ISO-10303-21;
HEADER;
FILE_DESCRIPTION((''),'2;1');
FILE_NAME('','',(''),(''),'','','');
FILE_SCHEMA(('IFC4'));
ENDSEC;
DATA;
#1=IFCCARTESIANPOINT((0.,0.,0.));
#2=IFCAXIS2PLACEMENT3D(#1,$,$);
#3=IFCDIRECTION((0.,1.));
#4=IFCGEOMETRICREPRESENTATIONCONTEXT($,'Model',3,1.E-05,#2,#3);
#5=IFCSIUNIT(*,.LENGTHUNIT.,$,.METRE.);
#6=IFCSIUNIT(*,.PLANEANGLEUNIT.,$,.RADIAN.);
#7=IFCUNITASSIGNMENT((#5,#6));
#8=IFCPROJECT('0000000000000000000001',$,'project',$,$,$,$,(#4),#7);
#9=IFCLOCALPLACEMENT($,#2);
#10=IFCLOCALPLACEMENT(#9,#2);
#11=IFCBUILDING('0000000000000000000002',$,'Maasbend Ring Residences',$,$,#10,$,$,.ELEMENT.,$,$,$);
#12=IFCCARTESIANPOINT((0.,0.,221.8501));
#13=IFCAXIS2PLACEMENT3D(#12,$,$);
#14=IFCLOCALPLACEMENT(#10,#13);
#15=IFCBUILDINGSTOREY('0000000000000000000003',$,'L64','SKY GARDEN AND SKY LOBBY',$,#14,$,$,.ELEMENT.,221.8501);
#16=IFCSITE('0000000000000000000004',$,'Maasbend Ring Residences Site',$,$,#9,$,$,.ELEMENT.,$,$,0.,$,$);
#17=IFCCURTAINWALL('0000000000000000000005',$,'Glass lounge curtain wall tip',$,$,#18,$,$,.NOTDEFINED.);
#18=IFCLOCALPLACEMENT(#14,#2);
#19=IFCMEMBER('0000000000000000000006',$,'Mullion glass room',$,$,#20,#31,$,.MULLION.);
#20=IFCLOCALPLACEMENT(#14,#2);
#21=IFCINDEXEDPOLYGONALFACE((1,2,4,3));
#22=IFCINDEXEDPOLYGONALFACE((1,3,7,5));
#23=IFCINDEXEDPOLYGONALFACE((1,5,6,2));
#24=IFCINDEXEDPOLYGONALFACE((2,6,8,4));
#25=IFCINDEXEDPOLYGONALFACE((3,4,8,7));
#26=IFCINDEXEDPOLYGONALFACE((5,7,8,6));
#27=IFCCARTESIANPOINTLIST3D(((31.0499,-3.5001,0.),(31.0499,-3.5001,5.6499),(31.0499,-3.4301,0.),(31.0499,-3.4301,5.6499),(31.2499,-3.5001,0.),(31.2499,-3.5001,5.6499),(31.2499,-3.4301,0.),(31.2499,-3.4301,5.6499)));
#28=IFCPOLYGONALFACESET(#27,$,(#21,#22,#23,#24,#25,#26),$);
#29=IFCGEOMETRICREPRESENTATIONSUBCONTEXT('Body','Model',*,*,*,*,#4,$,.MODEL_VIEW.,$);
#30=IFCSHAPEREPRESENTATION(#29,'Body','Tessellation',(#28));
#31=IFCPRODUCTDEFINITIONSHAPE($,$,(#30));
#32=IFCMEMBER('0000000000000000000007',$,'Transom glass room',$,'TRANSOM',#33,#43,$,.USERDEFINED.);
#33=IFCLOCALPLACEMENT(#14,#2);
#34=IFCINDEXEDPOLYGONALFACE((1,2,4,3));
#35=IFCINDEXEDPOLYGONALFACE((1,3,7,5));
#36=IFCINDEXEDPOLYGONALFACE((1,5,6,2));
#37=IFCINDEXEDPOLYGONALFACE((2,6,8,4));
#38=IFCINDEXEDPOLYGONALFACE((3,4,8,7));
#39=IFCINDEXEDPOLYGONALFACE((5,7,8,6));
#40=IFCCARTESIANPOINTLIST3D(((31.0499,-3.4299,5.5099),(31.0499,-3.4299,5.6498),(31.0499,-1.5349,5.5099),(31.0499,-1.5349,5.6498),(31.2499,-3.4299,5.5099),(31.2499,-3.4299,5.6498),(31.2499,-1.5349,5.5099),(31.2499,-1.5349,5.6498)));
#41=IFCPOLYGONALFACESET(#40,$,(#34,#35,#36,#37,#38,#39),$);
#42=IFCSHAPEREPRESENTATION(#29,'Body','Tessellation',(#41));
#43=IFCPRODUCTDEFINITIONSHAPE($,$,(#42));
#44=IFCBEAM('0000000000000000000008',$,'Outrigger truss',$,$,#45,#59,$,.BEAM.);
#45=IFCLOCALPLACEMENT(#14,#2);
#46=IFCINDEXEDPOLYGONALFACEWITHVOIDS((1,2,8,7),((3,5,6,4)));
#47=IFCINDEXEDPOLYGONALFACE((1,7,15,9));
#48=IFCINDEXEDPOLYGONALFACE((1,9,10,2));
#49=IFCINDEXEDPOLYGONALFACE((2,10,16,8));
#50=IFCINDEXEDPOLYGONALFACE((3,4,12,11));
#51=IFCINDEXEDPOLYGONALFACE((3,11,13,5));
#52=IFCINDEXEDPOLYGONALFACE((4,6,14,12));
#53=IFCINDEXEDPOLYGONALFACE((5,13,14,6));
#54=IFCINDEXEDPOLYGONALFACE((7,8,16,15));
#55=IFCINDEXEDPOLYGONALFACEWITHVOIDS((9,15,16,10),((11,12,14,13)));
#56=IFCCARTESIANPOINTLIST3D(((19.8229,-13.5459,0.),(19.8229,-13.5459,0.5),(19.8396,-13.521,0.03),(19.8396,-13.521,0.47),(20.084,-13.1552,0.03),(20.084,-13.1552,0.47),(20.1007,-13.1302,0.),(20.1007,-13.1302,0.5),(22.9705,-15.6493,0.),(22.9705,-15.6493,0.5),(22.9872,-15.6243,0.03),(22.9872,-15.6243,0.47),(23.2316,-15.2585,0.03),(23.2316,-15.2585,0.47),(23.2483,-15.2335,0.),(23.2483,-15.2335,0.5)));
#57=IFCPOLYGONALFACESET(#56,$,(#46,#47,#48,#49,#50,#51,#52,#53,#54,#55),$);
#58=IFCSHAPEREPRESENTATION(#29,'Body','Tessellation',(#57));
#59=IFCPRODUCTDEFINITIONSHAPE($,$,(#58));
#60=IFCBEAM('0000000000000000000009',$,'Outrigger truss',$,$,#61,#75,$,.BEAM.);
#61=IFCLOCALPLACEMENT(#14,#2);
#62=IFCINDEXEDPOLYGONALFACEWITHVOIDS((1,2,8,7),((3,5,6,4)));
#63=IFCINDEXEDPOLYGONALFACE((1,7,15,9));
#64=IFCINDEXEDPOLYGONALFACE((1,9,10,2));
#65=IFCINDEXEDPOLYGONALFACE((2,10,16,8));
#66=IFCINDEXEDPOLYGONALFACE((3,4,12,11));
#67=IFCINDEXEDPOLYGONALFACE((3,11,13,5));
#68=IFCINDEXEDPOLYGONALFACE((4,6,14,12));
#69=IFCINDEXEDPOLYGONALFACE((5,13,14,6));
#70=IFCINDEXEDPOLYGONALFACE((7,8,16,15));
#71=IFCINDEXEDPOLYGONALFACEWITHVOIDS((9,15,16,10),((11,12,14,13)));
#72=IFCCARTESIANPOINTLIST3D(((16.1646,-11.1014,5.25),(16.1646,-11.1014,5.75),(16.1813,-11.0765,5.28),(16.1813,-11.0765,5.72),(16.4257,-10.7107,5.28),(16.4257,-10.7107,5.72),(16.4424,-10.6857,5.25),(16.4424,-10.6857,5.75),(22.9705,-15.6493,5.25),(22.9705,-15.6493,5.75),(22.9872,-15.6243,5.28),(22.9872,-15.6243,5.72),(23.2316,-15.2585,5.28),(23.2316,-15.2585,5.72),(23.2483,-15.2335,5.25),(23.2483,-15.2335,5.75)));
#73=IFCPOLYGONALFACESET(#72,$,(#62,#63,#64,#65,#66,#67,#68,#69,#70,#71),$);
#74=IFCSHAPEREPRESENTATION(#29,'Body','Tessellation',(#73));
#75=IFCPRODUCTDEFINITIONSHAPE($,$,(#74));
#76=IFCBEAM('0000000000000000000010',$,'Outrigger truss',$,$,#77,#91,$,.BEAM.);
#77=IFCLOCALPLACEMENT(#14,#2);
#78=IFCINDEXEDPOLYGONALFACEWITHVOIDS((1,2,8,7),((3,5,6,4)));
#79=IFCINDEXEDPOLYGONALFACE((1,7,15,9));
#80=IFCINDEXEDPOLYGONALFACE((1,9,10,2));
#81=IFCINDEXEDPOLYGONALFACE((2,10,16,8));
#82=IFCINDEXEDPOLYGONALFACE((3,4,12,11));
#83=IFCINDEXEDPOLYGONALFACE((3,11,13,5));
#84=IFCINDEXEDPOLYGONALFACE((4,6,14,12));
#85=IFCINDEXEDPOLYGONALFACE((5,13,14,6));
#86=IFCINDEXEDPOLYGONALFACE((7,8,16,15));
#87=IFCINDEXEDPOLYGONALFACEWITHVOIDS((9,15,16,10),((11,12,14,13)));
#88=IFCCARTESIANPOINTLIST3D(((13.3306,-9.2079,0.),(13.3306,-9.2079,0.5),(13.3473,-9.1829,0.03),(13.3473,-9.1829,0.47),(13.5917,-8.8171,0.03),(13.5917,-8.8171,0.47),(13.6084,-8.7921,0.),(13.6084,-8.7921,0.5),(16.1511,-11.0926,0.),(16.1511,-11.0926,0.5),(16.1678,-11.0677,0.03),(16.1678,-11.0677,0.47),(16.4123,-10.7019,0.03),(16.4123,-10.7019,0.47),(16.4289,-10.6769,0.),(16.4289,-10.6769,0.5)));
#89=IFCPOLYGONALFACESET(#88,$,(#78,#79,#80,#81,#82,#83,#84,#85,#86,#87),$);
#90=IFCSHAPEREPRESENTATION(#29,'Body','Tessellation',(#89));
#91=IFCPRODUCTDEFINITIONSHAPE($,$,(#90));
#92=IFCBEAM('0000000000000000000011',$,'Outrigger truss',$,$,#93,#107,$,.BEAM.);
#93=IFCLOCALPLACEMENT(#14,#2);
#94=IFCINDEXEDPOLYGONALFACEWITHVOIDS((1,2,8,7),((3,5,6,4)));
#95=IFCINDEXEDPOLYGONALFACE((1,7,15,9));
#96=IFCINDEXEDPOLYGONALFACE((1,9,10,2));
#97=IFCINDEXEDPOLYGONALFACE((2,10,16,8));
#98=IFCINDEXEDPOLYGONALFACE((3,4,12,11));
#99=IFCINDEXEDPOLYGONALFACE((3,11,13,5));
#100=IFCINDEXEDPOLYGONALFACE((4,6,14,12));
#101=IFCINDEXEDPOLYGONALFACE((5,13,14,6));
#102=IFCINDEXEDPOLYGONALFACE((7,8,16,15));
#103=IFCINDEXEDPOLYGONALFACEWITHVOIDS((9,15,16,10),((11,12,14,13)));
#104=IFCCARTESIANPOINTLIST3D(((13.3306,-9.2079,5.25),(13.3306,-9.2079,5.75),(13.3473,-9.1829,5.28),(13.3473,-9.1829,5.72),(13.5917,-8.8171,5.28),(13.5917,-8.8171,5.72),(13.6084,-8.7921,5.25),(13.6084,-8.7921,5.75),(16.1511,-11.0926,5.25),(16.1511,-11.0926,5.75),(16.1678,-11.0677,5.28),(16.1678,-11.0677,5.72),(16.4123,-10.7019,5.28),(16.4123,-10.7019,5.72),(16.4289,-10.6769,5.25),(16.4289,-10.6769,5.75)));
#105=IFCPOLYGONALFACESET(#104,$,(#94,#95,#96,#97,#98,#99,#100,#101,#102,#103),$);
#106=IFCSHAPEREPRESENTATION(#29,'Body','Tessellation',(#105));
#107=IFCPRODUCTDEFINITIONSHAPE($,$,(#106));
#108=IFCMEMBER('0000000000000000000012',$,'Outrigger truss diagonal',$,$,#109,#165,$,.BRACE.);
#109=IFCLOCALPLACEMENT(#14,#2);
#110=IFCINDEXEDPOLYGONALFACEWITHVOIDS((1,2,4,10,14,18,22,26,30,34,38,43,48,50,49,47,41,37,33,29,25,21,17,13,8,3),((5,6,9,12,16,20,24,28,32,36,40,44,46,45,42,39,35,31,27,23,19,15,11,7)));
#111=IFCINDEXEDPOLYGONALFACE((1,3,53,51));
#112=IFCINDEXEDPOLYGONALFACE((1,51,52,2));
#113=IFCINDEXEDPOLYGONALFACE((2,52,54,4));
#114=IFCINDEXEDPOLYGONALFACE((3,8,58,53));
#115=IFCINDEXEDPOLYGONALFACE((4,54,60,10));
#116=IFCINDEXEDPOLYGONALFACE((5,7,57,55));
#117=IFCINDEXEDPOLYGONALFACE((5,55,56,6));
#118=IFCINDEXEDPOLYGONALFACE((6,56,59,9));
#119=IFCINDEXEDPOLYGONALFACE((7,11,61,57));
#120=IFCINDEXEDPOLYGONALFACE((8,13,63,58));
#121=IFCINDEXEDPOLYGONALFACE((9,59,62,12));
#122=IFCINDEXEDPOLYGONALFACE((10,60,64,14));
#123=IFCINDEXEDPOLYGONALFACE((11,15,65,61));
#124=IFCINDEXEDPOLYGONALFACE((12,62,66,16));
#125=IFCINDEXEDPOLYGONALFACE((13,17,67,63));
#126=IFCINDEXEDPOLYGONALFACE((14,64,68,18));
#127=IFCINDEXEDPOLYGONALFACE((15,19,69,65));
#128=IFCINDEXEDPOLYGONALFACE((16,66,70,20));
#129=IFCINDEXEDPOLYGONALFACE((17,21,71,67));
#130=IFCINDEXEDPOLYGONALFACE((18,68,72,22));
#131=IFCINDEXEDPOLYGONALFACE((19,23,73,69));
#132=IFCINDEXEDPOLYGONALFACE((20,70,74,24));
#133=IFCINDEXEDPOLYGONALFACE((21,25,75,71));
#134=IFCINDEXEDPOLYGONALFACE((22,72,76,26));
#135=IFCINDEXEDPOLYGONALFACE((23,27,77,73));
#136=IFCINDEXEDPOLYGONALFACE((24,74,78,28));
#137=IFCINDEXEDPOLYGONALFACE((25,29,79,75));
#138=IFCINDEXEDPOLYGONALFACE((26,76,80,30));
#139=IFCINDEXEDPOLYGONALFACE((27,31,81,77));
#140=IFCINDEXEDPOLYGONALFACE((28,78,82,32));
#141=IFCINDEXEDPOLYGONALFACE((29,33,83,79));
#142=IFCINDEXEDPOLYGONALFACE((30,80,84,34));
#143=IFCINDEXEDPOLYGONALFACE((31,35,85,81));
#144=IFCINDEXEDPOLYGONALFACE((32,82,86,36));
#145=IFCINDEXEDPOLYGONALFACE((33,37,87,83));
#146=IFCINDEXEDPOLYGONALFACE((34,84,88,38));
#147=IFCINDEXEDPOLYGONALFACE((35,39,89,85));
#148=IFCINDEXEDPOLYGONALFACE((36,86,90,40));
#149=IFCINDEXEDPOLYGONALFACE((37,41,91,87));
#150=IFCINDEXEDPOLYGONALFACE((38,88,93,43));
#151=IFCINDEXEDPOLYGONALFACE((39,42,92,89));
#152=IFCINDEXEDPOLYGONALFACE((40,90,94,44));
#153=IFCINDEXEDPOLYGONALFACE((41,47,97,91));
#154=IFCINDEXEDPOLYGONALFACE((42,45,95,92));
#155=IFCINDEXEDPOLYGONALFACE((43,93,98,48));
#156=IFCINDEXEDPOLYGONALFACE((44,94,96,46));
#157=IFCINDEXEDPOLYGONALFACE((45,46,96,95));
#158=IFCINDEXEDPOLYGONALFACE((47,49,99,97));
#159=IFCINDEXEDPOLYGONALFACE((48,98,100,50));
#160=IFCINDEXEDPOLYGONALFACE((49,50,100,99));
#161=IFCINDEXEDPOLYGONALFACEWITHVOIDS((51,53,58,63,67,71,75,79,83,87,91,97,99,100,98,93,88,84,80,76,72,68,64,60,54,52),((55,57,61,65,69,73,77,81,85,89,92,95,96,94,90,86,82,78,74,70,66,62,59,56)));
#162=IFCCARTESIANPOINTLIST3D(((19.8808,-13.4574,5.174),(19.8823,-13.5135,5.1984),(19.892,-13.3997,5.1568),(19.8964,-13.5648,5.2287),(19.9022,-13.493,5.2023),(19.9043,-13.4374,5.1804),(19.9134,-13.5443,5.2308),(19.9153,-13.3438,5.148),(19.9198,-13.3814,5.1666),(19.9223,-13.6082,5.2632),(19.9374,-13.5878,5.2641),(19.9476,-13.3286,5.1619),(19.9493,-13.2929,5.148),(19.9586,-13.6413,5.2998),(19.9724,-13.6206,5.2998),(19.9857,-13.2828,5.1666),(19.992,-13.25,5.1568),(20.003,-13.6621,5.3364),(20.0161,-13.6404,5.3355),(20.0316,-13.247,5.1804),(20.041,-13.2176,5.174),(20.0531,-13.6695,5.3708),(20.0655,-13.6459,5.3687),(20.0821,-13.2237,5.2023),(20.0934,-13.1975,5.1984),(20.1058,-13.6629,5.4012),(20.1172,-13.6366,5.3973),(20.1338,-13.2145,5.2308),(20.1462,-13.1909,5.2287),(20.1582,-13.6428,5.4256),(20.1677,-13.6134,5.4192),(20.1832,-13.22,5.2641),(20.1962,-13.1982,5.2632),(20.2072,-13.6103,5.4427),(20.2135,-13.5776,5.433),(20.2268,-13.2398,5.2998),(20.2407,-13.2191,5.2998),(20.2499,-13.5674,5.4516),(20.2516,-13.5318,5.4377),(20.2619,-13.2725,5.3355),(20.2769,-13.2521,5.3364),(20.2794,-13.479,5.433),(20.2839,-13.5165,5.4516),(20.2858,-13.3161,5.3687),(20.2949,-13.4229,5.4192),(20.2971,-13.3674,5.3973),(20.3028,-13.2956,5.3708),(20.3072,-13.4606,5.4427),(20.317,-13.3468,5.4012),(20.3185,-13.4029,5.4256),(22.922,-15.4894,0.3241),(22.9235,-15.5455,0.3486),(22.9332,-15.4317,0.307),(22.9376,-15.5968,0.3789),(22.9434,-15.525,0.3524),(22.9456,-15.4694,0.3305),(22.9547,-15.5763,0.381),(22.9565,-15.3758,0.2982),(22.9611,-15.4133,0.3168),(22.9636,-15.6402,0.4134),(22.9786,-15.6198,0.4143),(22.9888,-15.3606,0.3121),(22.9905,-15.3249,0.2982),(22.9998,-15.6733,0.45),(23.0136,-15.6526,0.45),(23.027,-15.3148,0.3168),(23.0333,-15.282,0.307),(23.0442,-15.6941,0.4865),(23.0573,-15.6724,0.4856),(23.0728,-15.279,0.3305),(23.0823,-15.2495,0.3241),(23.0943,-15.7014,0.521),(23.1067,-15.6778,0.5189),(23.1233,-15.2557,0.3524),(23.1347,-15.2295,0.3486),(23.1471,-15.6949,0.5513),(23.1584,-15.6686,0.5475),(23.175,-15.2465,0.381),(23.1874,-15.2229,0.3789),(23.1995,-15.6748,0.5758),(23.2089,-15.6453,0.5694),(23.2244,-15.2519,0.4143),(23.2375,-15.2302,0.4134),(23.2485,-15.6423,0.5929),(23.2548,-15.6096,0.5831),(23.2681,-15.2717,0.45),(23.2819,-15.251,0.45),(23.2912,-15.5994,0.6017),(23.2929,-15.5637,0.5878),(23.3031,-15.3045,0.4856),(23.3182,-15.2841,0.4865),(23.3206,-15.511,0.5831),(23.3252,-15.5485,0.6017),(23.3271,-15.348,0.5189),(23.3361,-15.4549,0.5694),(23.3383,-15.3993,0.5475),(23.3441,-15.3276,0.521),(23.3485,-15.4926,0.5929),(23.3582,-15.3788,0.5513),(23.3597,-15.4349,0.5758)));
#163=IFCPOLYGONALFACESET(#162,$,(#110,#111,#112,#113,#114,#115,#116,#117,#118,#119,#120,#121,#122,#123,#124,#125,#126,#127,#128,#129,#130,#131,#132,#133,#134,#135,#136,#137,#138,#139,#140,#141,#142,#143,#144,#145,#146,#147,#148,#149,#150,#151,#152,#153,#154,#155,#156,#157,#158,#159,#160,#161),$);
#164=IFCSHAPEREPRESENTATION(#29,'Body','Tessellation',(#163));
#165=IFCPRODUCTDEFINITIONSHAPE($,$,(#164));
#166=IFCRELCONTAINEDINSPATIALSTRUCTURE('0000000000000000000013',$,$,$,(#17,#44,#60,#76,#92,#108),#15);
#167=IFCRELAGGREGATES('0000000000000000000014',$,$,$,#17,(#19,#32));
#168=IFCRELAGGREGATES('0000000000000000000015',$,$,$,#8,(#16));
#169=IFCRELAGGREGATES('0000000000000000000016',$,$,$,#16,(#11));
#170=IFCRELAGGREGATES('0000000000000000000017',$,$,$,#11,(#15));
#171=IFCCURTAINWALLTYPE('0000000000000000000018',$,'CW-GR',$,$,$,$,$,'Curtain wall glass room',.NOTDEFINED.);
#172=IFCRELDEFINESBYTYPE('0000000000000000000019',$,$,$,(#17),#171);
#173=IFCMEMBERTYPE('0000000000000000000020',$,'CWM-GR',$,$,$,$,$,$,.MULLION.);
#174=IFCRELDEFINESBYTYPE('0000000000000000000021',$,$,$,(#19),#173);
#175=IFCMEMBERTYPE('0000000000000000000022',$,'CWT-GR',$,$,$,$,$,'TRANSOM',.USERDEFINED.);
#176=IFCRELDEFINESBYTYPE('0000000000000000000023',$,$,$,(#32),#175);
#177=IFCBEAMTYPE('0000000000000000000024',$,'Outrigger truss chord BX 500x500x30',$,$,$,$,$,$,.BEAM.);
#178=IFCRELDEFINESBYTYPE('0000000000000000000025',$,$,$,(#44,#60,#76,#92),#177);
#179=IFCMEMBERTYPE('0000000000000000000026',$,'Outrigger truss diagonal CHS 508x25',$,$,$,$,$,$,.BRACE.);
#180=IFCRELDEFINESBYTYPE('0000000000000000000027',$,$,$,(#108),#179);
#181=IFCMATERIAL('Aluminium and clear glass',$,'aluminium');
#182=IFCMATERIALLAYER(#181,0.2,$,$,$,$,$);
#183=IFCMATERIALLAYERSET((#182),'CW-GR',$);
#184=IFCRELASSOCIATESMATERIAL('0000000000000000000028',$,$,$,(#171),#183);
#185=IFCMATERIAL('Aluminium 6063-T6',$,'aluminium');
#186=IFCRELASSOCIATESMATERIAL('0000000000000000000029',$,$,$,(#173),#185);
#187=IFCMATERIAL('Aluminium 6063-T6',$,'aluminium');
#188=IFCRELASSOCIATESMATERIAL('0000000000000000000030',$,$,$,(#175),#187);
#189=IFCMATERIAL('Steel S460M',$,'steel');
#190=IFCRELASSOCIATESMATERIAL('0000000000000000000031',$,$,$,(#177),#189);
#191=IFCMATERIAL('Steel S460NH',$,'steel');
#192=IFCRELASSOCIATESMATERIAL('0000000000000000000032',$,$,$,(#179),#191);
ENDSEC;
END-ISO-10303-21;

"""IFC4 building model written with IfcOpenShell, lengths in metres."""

from ifc_helpers import new_model, si_unit, direction, frame, origin, origin_2d, place, context, subcontext, project, spatial, rectangle, hollow_rectangle, hollow_circle, extrude, material, layer, layer_set, material_profile, profile_set, type_object, element, aggregate, save


model = new_model("IFC4")

# Units and contexts
model_context = context("Model", 3, precision=1e-05, world=origin(), true_north=direction((0.0, 1.0)))
body_context = subcontext(model_context, "Body", "Model", "MODEL_VIEW")
ifc_project = project(units=[si_unit("LENGTHUNIT", "METRE"), si_unit("PLANEANGLEUNIT", "RADIAN")], contexts=[model_context])

# Site, building, storey
site_placement = place(None, origin())
site = spatial("IfcSite", under=ifc_project, at=site_placement, Name="Maasbend Ring Residences Site", CompositionType="ELEMENT", RefElevation=0.0)
building_placement = place(site_placement, origin())
building = spatial("IfcBuilding", under=site, at=building_placement, Name="Maasbend Ring Residences", CompositionType="ELEMENT")
storey_placement = place(building_placement, frame((0.0, 0.0, 221.8501)))
storey = spatial("IfcBuildingStorey", under=building, at=storey_placement, Name="L64", Description="SKY GARDEN AND SKY LOBBY", CompositionType="ELEMENT", Elevation=221.8501)

# Curtain wall, members
ifc_material_1 = material(Name="Aluminium and clear glass", Category="aluminium")
ifc_layer_1 = layer(ifc_material_1, 0.2)
ifc_layer_set_1 = layer_set([ifc_layer_1], Name="CW-GR")
curtain_wall_type = type_object("IfcCurtainWallType", Name="CW-GR", ElementType="Curtain wall glass room", PredefinedType="NOTDEFINED", material=ifc_layer_set_1)
curtain_wall_placement = place(storey_placement, origin())
curtain_wall = element("IfcCurtainWall", 1, at=curtain_wall_placement, inside=storey, type_object=curtain_wall_type, Name="Glass lounge curtain wall tip", PredefinedType="NOTDEFINED")
ifc_material_2 = material(Name="Aluminium 6063-T6", Category="aluminium")
ifc_material_profile_1 = material_profile(ifc_material_2, rectangle(XDim=0.2, YDim=0.0701, at=origin_2d()), Name="AL 200x70")
ifc_profile_set_1 = profile_set([ifc_material_profile_1], Name="Aluminium 6063-T6")
member_type_1 = type_object("IfcMemberType", Name="CWM-GR", PredefinedType="MULLION", material=ifc_profile_set_1)
member_1_placement = place(storey_placement, frame((31.1499, -3.4651, 0.0), z_axis=(0.0, 0.0, 1.0), x_axis=(-1.0, 0.0, 0.0)))
member_1 = element("IfcMember", 2, at=member_1_placement, type_object=member_type_1, Name="Mullion glass room", PredefinedType="MULLION", context=body_context, shape_type="SweptSolid", body=[
    extrude(rectangle(XDim=0.2, YDim=0.0701, at=origin_2d()), origin(), (0.0, 0.0, 1.0), 5.6499),
])
ifc_material_3 = material(Name="Aluminium 6063-T6", Category="aluminium")
ifc_material_profile_2 = material_profile(ifc_material_3, rectangle(XDim=0.2, YDim=0.1399, at=origin_2d()), Name="AL 200x140")
ifc_profile_set_2 = profile_set([ifc_material_profile_2], Name="Aluminium 6063-T6")
member_type_2 = type_object("IfcMemberType", Name="CWT-GR", ElementType="TRANSOM", PredefinedType="USERDEFINED", material=ifc_profile_set_2)
member_2_placement = place(storey_placement, frame((31.1499, -3.4299, 5.5798), z_axis=(0.0, 1.0, 0.0), x_axis=(-1.0, 0.0, 0.0)))
member_2 = element("IfcMember", 3, at=member_2_placement, type_object=member_type_2, Name="Transom glass room", ObjectType="TRANSOM", PredefinedType="USERDEFINED", context=body_context, shape_type="SweptSolid", body=[
    extrude(rectangle(XDim=0.2, YDim=0.1399, at=origin_2d()), origin(), (0.0, 0.0, 1.0), 1.895),
])
aggregate(curtain_wall, [member_1, member_2])

# Beams
ifc_material_4 = material(Name="Steel S460M", Category="steel")
ifc_material_profile_3 = material_profile(ifc_material_4, hollow_rectangle(XDim=0.5, YDim=0.5, WallThickness=0.03, at=origin_2d()), Name="Outrigger truss chord BX 500x500x30")
ifc_profile_set_3 = profile_set([ifc_material_profile_3], Name="Steel S460M")
beam_type_1 = type_object("IfcBeamType", Name="Outrigger truss chord BX 500x500x30", PredefinedType="BEAM", material=ifc_profile_set_3)
beam_1_placement = place(storey_placement, frame((23.1094, -15.4414, 0.25), z_axis=(-0.831445, 0.555608, 0.0), x_axis=(-0.555608, -0.831445, 0.0)))
element("IfcBeam", 4, at=beam_1_placement, inside=storey, type_object=beam_type_1, Name="Outrigger truss", PredefinedType="BEAM", context=body_context, shape_type="SweptSolid", body=[
    extrude(hollow_rectangle(XDim=0.5, YDim=0.5, WallThickness=0.03, at=origin_2d()), origin(), (0.0, 0.0, 1.0), 3.7856),
])
beam_2_placement = place(storey_placement, frame((23.1094, -15.4414, 5.5), z_axis=(-0.831453, 0.555595, 0.0), x_axis=(-0.555595, -0.831453, 0.0)))
element("IfcBeam", 5, at=beam_2_placement, inside=storey, type_object=beam_type_1, Name="Outrigger truss", PredefinedType="BEAM", context=body_context, shape_type="SweptSolid", body=[
    extrude(hollow_rectangle(XDim=0.5, YDim=0.5, WallThickness=0.03, at=origin_2d()), origin(), (0.0, 0.0, 1.0), 8.1855),
])
for number, where, z_axis, x_axis, name in (
    (6, (16.29, -10.8848, 0.25), (-0.831452, 0.555597, 0.0), (-0.555597, -0.831452, 0.0), "Outrigger truss"),
    (7, (16.29, -10.8848, 5.5), (-0.831452, 0.555597, 0.0), (-0.555597, -0.831452, 0.0), "Outrigger truss"),
):
    element("IfcBeam", number, at=place(storey_placement, frame(where, z_axis=z_axis, x_axis=x_axis)), inside=storey, type_object=beam_type_1, Name=name, PredefinedType="BEAM", context=body_context, shape_type="SweptSolid", body=[
        extrude(hollow_rectangle(XDim=0.5, YDim=0.5, WallThickness=0.03, at=origin_2d()), origin(), (0.0, 0.0, 1.0), 3.3923),
    ])

# Member
ifc_material_5 = material(Name="Steel S460NH", Category="steel")
ifc_material_profile_4 = material_profile(ifc_material_5, hollow_circle(Radius=0.2539, WallThickness=0.0249, at=origin_2d()), Name="Outrigger truss diagonal CHS 508x25")
ifc_profile_set_4 = profile_set([ifc_material_profile_4], Name="Steel S460NH")
member_type_3 = type_object("IfcMemberType", Name="Outrigger truss diagonal CHS 508x25", PredefinedType="BRACE", material=ifc_profile_set_4)
member_3_placement = place(storey_placement, frame((23.1409, -15.4622, 0.45), z_axis=(-0.500662, 0.334511, 0.798398), x_axis=(-0.555547, -0.831485, 0.0)))
element("IfcMember", 8, at=member_3_placement, inside=storey, type_object=member_type_3, Name="Outrigger truss diagonal", PredefinedType="BRACE", context=body_context, shape_type="SweptSolid", body=[
    extrude(hollow_circle(Radius=0.2539, WallThickness=0.0249, at=origin_2d()), origin(), (0.0, 0.0, 1.0), 6.0745),
])

save(model, "model.ifc")
